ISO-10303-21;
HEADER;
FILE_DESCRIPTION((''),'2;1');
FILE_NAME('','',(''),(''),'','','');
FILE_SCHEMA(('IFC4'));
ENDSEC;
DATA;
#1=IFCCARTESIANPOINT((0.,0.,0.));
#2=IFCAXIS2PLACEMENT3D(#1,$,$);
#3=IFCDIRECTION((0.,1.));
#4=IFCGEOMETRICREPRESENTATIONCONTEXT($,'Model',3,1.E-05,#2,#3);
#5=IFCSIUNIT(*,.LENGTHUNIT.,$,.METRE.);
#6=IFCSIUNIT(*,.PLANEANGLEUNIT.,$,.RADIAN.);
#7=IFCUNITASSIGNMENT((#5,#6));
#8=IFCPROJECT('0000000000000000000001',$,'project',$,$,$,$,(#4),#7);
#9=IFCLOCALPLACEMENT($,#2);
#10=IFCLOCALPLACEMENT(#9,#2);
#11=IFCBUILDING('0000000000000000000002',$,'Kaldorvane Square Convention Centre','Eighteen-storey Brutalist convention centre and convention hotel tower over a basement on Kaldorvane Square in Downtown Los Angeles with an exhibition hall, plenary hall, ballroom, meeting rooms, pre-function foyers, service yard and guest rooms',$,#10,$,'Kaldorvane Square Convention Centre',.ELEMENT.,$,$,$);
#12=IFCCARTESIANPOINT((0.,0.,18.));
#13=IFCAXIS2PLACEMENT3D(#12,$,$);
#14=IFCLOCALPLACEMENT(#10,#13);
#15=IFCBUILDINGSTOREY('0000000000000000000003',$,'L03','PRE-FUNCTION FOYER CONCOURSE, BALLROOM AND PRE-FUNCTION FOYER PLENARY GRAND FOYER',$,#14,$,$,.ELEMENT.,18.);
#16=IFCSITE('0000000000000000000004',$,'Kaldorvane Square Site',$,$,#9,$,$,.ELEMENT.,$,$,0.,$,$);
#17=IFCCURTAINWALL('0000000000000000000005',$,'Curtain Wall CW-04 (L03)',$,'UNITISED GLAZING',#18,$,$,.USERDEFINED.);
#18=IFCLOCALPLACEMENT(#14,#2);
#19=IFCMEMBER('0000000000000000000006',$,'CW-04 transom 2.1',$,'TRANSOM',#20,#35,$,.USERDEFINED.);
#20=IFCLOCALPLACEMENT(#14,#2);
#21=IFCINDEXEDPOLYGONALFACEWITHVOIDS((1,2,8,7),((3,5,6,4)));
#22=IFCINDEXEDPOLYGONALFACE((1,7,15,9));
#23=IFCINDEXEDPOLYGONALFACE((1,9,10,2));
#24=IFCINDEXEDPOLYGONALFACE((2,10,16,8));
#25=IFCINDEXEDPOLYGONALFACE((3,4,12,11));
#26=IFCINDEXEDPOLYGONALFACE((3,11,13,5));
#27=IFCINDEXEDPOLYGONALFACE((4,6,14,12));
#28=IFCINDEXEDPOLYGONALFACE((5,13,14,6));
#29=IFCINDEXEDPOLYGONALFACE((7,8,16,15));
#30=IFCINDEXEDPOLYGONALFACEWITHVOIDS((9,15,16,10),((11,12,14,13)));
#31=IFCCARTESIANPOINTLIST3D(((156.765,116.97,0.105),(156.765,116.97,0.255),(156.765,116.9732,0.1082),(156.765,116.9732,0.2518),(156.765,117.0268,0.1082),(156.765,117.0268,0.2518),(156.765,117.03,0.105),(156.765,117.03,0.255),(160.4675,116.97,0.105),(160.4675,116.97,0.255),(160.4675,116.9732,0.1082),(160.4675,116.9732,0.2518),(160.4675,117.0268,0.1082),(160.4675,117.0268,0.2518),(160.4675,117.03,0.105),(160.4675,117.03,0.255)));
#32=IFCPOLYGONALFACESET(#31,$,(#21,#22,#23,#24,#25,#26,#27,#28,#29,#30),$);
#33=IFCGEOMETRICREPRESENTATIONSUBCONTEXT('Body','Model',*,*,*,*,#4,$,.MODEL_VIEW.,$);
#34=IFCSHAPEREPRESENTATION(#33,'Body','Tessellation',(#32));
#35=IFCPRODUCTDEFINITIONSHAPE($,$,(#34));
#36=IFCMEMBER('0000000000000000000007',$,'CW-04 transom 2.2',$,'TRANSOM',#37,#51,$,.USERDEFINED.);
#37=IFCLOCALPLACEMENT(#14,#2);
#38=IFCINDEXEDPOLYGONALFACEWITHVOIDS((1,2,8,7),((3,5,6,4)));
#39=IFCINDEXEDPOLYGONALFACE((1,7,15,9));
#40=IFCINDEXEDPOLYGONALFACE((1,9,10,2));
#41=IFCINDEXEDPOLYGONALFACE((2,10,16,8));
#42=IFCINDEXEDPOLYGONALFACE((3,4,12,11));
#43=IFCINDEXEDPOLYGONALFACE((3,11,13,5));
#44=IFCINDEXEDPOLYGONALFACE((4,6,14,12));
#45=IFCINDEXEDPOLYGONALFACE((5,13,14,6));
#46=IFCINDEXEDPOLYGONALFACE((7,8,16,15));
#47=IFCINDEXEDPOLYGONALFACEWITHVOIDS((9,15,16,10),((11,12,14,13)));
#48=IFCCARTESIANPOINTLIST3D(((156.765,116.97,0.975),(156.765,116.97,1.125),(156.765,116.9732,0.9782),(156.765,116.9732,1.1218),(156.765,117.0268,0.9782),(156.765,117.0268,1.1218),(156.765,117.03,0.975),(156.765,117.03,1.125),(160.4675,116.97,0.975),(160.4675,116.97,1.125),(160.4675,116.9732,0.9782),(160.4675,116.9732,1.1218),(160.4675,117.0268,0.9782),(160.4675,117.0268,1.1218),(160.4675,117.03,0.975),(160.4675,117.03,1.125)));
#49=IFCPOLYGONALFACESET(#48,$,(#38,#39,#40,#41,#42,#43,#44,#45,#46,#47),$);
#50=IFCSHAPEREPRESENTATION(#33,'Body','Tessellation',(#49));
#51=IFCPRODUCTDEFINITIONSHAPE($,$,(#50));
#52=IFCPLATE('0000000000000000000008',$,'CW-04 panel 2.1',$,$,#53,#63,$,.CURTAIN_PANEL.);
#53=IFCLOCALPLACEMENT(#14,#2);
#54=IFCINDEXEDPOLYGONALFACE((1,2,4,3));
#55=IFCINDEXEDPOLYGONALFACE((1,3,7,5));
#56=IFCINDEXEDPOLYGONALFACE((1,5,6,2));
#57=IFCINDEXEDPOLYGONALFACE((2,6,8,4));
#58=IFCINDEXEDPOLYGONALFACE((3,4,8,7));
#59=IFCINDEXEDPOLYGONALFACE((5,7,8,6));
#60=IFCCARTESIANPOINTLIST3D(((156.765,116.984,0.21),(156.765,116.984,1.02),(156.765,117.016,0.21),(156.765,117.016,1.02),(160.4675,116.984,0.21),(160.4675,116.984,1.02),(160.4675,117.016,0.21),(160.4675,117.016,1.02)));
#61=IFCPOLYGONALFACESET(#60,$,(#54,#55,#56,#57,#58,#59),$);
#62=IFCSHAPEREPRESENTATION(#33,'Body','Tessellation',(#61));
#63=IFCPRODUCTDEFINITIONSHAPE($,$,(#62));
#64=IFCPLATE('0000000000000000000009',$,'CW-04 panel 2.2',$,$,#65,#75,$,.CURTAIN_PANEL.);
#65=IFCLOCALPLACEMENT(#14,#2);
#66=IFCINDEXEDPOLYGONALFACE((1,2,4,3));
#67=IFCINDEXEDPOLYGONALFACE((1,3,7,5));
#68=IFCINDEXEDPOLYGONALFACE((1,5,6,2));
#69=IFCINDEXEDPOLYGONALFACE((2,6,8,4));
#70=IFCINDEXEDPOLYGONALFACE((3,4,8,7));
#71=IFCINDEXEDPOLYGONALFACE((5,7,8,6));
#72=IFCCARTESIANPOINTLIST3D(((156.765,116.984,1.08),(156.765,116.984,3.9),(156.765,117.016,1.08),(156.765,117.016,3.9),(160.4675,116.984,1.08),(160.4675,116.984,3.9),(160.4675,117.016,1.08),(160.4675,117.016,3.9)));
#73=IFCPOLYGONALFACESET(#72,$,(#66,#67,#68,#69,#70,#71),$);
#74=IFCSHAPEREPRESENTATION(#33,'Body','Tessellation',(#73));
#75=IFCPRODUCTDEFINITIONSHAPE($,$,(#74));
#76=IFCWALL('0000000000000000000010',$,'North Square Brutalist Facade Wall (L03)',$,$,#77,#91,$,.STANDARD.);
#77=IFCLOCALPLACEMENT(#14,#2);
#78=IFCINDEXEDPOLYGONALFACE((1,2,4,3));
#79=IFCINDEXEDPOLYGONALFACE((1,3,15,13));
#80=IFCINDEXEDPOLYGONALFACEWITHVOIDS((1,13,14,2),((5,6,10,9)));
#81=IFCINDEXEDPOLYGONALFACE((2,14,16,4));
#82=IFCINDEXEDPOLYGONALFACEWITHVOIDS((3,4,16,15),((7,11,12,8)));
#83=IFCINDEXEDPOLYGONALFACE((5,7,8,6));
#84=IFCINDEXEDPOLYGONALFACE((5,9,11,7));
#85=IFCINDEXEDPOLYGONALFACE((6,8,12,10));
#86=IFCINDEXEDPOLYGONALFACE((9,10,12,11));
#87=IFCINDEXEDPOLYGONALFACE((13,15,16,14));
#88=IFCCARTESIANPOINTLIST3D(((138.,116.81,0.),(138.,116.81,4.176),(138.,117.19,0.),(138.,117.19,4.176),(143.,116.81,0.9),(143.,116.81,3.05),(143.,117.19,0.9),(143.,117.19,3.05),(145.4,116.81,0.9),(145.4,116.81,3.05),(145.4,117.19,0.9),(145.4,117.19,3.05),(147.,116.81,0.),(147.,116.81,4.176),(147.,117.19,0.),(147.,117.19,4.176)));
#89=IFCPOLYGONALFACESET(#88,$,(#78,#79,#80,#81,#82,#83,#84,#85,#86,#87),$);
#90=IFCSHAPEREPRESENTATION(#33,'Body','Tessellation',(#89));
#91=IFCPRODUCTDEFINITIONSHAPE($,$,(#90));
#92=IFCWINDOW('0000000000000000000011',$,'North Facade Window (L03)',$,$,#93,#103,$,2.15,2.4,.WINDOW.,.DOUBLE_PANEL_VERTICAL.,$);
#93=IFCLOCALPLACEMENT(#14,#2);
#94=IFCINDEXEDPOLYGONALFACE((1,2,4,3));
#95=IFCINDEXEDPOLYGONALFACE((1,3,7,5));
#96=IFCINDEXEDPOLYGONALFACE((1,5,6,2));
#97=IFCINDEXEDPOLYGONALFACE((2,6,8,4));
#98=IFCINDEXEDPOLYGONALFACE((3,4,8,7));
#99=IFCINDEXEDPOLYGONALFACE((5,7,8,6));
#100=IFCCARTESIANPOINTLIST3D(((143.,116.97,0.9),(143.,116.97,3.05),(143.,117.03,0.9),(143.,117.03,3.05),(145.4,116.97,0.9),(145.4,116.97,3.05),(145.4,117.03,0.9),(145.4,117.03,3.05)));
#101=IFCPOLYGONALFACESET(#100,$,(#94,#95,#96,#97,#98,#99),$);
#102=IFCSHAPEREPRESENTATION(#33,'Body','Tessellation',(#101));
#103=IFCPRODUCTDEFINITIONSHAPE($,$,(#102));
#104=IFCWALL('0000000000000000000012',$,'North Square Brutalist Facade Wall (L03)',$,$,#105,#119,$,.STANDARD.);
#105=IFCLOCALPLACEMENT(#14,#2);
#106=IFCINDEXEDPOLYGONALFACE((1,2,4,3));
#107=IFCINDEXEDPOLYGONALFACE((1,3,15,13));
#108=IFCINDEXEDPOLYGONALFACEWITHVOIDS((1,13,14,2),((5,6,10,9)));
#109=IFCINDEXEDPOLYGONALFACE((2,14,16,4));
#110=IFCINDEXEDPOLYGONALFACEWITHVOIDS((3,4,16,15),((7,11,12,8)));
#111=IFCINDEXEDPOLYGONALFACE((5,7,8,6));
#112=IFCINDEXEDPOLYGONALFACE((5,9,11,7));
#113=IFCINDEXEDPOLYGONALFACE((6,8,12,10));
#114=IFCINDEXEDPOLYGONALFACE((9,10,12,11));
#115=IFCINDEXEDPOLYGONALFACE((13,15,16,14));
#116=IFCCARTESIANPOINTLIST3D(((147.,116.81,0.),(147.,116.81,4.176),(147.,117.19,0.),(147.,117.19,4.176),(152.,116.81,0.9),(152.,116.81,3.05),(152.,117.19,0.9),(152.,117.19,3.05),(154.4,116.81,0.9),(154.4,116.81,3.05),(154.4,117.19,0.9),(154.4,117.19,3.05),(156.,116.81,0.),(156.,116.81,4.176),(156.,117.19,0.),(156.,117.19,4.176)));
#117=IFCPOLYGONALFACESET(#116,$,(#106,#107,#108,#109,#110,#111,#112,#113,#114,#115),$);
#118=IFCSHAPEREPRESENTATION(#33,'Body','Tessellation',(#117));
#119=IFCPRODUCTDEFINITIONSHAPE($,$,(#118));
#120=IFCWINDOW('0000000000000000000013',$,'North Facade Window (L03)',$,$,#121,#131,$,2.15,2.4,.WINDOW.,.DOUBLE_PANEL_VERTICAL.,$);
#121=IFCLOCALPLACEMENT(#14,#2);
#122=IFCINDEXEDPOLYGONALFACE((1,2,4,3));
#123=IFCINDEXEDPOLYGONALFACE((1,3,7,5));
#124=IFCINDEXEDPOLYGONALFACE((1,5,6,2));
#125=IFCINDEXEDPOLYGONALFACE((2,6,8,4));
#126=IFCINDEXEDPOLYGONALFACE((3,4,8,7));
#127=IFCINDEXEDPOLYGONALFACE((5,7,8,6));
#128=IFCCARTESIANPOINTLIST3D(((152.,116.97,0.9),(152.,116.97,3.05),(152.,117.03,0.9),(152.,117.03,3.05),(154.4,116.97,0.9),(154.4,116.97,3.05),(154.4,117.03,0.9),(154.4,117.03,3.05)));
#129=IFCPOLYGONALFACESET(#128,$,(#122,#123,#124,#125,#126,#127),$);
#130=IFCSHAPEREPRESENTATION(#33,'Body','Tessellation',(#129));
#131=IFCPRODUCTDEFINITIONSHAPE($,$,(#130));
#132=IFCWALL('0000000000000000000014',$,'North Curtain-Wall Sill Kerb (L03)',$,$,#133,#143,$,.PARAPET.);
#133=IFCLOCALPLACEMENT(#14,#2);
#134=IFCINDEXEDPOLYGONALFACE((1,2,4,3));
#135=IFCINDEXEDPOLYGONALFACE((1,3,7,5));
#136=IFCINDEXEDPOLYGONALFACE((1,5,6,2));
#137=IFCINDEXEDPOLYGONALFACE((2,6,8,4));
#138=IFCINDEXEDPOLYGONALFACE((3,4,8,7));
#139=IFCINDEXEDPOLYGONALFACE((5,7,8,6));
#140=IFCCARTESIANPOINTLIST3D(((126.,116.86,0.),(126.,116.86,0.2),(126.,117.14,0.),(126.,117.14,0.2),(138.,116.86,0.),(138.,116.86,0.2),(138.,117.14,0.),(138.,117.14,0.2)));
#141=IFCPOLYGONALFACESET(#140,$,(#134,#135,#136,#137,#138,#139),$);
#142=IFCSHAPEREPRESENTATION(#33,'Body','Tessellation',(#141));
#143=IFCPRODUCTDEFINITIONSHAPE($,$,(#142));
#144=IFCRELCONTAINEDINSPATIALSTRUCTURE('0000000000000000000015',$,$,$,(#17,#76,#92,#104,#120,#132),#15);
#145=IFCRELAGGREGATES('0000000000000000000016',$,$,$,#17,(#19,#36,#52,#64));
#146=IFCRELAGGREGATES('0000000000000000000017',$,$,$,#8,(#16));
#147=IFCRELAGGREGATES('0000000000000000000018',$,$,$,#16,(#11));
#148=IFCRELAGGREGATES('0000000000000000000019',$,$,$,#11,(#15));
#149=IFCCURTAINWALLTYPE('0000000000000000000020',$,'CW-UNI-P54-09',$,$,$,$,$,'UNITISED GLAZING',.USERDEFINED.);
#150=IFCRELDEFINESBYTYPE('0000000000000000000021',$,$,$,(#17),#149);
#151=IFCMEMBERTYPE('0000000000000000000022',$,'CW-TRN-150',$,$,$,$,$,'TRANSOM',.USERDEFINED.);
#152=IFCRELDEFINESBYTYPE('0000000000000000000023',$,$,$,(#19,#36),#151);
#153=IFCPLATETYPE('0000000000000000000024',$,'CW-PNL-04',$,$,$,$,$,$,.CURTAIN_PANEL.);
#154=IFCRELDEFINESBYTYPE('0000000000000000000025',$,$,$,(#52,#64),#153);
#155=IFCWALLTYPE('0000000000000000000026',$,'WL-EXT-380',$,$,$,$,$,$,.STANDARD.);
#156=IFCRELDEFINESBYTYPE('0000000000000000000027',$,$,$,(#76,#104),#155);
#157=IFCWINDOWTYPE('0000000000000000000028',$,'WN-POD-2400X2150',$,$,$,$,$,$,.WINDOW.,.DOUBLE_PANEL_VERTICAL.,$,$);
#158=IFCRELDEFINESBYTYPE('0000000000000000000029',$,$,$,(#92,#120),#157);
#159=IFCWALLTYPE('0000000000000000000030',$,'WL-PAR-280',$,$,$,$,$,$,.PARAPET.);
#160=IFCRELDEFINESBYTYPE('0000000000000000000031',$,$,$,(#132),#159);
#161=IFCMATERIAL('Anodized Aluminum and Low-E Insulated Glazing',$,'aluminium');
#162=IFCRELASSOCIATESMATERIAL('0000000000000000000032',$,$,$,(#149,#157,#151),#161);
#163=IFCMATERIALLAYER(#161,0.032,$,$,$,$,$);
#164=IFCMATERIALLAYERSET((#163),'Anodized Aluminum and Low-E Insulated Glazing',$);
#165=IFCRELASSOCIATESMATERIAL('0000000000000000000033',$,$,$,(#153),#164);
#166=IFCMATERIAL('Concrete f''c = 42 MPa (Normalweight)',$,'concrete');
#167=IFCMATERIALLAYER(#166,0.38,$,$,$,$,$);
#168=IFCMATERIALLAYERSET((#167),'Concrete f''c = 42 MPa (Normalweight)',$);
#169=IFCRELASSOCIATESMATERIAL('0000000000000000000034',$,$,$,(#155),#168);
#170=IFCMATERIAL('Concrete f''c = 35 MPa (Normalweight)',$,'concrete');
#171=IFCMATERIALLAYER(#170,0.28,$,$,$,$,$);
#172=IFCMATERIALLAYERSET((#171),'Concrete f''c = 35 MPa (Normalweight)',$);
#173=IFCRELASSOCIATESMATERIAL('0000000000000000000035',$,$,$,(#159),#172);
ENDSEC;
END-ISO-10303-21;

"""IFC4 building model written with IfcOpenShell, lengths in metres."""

from ifc_helpers import new_model, si_unit, direction, frame, frame_2d, origin, origin_2d, place, context, subcontext, project, spatial, rectangle, hollow_rectangle, extrude, material, layer, layer_set, material_profile, profile_set, type_object, element, fill, aggregate, save


model = new_model("IFC4")

# Units and contexts
model_context = context("Model", 3, precision=1e-05, world=origin(), true_north=direction((0.0, 1.0)))
body_context = subcontext(model_context, "Body", "Model", "MODEL_VIEW")
ifc_project = project(units=[si_unit("LENGTHUNIT", "METRE"), si_unit("PLANEANGLEUNIT", "RADIAN")], contexts=[model_context])

# Site, building, storey
site_placement = place(None, origin())
site = spatial("IfcSite", under=ifc_project, at=site_placement, Name="Kaldorvane Square Site", CompositionType="ELEMENT", RefElevation=0.0)
building_placement = place(site_placement, origin())
building = spatial("IfcBuilding", under=site, at=building_placement, Name="Kaldorvane Square Convention Centre", Description="Eighteen-storey Brutalist convention centre and convention hotel tower over a basement on Kaldorvane Square in Downtown Los Angeles with an exhibition hall, plenary hall, ballroom, meeting rooms, pre-function foyers, service yard and guest rooms", LongName="Kaldorvane Square Convention Centre", CompositionType="ELEMENT")
storey_placement = place(building_placement, frame((0.0, 0.0, 18.0)))
storey = spatial("IfcBuildingStorey", under=building, at=storey_placement, Name="L03", Description="PRE-FUNCTION FOYER CONCOURSE, BALLROOM AND PRE-FUNCTION FOYER PLENARY GRAND FOYER", CompositionType="ELEMENT", Elevation=18.0)

# Shared definitions
ifc_material_1 = material(Name="Concrete f'c = 42 MPa (Normalweight)", Category="concrete")

# Curtain wall, members, plates
ifc_material_2 = material(Name="Anodized Aluminum and Low-E Insulated Glazing", Category="aluminium")
curtain_wall_type = type_object("IfcCurtainWallType", Name="CW-UNI-P54-09", ElementType="UNITISED GLAZING", PredefinedType="USERDEFINED", material=ifc_material_2)
curtain_wall_placement = place(storey_placement, origin())
curtain_wall = element("IfcCurtainWall", 1, at=curtain_wall_placement, inside=storey, type_object=curtain_wall_type, Name="Curtain Wall CW-04 (L03)", ObjectType="UNITISED GLAZING", PredefinedType="USERDEFINED")
ifc_material_profile_1 = material_profile(ifc_material_2, hollow_rectangle(XDim=0.06, YDim=0.15, WallThickness=0.0032, at=origin_2d()), Name="CWT-150X60")
ifc_profile_set_1 = profile_set([ifc_material_profile_1], Name="Anodized Aluminum and Low-E Insulated Glazing")
member_type_1 = type_object("IfcMemberType", Name="CW-TRN-150", ElementType="TRANSOM", PredefinedType="USERDEFINED", material=ifc_profile_set_1)
member_1_placement = place(storey_placement, frame((160.4675, 117.0, 0.18), z_axis=(-1.0, 0.0, 0.0), x_axis=(0.0, -1.0, 0.0)))
member_1 = element("IfcMember", 2, at=member_1_placement, type_object=member_type_1, Name="CW-04 transom 2.1", ObjectType="TRANSOM", PredefinedType="USERDEFINED", context=body_context, shape_type="SweptSolid", body=[
    extrude(hollow_rectangle(XDim=0.06, YDim=0.15, WallThickness=0.0032, at=origin_2d()), origin(), (0.0, 0.0, 1.0), 3.7025),
])
member_2_placement = place(storey_placement, frame((160.4675, 117.0, 1.05), z_axis=(-1.0, 0.0, 0.0), x_axis=(0.0, -1.0, 0.0)))
member_2 = element("IfcMember", 3, at=member_2_placement, type_object=member_type_1, Name="CW-04 transom 2.2", ObjectType="TRANSOM", PredefinedType="USERDEFINED", context=body_context, shape_type="SweptSolid", body=[
    extrude(hollow_rectangle(XDim=0.06, YDim=0.15, WallThickness=0.0032, at=origin_2d()), origin(), (0.0, 0.0, 1.0), 3.7025),
])
ifc_layer_1 = layer(ifc_material_2, 0.032)
ifc_layer_set_1 = layer_set([ifc_layer_1], Name="Anodized Aluminum and Low-E Insulated Glazing")
plate_type = type_object("IfcPlateType", Name="CW-PNL-04", PredefinedType="CURTAIN_PANEL", material=ifc_layer_set_1)
plate_1_placement = place(storey_placement, frame((158.6163, 117.0, 0.21), z_axis=(0.0, 0.0, 1.0), x_axis=(-1.0, 0.0, 0.0)))
plate_1 = element("IfcPlate", 4, at=plate_1_placement, type_object=plate_type, Name="CW-04 panel 2.1", PredefinedType="CURTAIN_PANEL", context=body_context, shape_type="SweptSolid", body=[
    extrude(rectangle(XDim=3.7025, YDim=0.032, at=origin_2d()), origin(), (0.0, 0.0, 1.0), 0.81),
])
plate_2_placement = place(storey_placement, frame((158.6163, 117.0, 1.08), z_axis=(0.0, 0.0, 1.0), x_axis=(-1.0, 0.0, 0.0)))
plate_2 = element("IfcPlate", 5, at=plate_2_placement, type_object=plate_type, Name="CW-04 panel 2.2", PredefinedType="CURTAIN_PANEL", context=body_context, shape_type="SweptSolid", body=[
    extrude(rectangle(XDim=3.7025, YDim=0.032, at=origin_2d()), origin(), (0.0, 0.0, 1.0), 2.82),
])
aggregate(curtain_wall, [member_1, member_2, plate_1, plate_2])

# Walls, openings, windows
ifc_layer_2 = layer(ifc_material_1, 0.38)
ifc_layer_set_2 = layer_set([ifc_layer_2], Name="Concrete f'c = 42 MPa (Normalweight)")
wall_type_1 = type_object("IfcWallType", Name="WL-EXT-380", PredefinedType="STANDARD", material=ifc_layer_set_2)
wall_1_placement = place(storey_placement, frame((147.0, 117.0, 0.0), z_axis=(0.0, 0.0, 1.0), x_axis=(-1.0, 0.0, 0.0)))
wall_1 = element("IfcWall", 6, at=wall_1_placement, inside=storey, type_object=wall_type_1, Name="North Square Brutalist Facade Wall (L03)", PredefinedType="STANDARD", context=body_context, shape_type="SweptSolid", body=[
    extrude(rectangle(XDim=9.0, YDim=0.38, at=frame_2d((4.5, 0.0))), origin(), (0.0, 0.0, 1.0), 4.176),
])
opening_1_placement = place(wall_1_placement, frame((1.6, 0.0, 0.9)))
opening_1 = element("IfcOpeningElement", 7, at=opening_1_placement, cuts=wall_1, PredefinedType="OPENING", context=body_context, shape_type="SweptSolid", body=[
    extrude(rectangle(XDim=2.4, YDim=2.15, at=frame_2d((1.2, 1.075))), frame((0.0, 0.205, 0.0), z_axis=(0.0, -1.0, 0.0), x_axis=(1.0, 0.0, 0.0)), (0.0, 0.0, 1.0), 0.41),
])
window_type = type_object("IfcWindowType", Name="WN-POD-2400X2150", PartitioningType="DOUBLE_PANEL_VERTICAL", PredefinedType="WINDOW", material=ifc_material_2)
window_1_placement = place(opening_1_placement, origin())
window_1 = element("IfcWindow", 8, at=window_1_placement, inside=storey, type_object=window_type, Name="North Facade Window (L03)", OverallHeight=2.15, OverallWidth=2.4, PartitioningType="DOUBLE_PANEL_VERTICAL", PredefinedType="WINDOW", context=body_context, shape_type="SweptSolid", body=[
    extrude(rectangle(XDim=2.4, YDim=2.15, at=frame_2d((1.2, 1.075))), frame((0.0, 0.03, 0.0), z_axis=(0.0, -1.0, 0.0), x_axis=(1.0, 0.0, 0.0)), (0.0, 0.0, 1.0), 0.06),
])
fill(opening_1, window_1)
wall_2_placement = place(storey_placement, frame((156.0, 117.0, 0.0), z_axis=(0.0, 0.0, 1.0), x_axis=(-1.0, 0.0, 0.0)))
wall_2 = element("IfcWall", 9, at=wall_2_placement, inside=storey, type_object=wall_type_1, Name="North Square Brutalist Facade Wall (L03)", PredefinedType="STANDARD", context=body_context, shape_type="SweptSolid", body=[
    extrude(rectangle(XDim=9.0, YDim=0.38, at=frame_2d((4.5, 0.0))), origin(), (0.0, 0.0, 1.0), 4.176),
])
opening_2_placement = place(wall_2_placement, frame((1.6, 0.0, 0.9)))
opening_2 = element("IfcOpeningElement", 10, at=opening_2_placement, cuts=wall_2, PredefinedType="OPENING", context=body_context, shape_type="SweptSolid", body=[
    extrude(rectangle(XDim=2.4, YDim=2.15, at=frame_2d((1.2, 1.075))), frame((0.0, 0.205, 0.0), z_axis=(0.0, -1.0, 0.0), x_axis=(1.0, 0.0, 0.0)), (0.0, 0.0, 1.0), 0.41),
])
window_2_placement = place(opening_2_placement, origin())
window_2 = element("IfcWindow", 11, at=window_2_placement, inside=storey, type_object=window_type, Name="North Facade Window (L03)", OverallHeight=2.15, OverallWidth=2.4, PartitioningType="DOUBLE_PANEL_VERTICAL", PredefinedType="WINDOW", context=body_context, shape_type="SweptSolid", body=[
    extrude(rectangle(XDim=2.4, YDim=2.15, at=frame_2d((1.2, 1.075))), frame((0.0, 0.03, 0.0), z_axis=(0.0, -1.0, 0.0), x_axis=(1.0, 0.0, 0.0)), (0.0, 0.0, 1.0), 0.06),
])
fill(opening_2, window_2)

# Wall
ifc_material_3 = material(Name="Concrete f'c = 35 MPa (Normalweight)", Category="concrete")
ifc_layer_3 = layer(ifc_material_3, 0.28)
ifc_layer_set_3 = layer_set([ifc_layer_3], Name="Concrete f'c = 35 MPa (Normalweight)")
wall_type_2 = type_object("IfcWallType", Name="WL-PAR-280", PredefinedType="PARAPET", material=ifc_layer_set_3)
wall_3_placement = place(storey_placement, frame((138.0, 117.0, 0.0), z_axis=(0.0, 0.0, 1.0), x_axis=(-1.0, 0.0, 0.0)))
element("IfcWall", 12, at=wall_3_placement, inside=storey, type_object=wall_type_2, Name="North Curtain-Wall Sill Kerb (L03)", PredefinedType="PARAPET", context=body_context, shape_type="SweptSolid", body=[
    extrude(rectangle(XDim=12.0, YDim=0.28, at=frame_2d((6.0, 0.0))), origin(), (0.0, 0.0, 1.0), 0.2),
])

save(model, "model.ifc")
